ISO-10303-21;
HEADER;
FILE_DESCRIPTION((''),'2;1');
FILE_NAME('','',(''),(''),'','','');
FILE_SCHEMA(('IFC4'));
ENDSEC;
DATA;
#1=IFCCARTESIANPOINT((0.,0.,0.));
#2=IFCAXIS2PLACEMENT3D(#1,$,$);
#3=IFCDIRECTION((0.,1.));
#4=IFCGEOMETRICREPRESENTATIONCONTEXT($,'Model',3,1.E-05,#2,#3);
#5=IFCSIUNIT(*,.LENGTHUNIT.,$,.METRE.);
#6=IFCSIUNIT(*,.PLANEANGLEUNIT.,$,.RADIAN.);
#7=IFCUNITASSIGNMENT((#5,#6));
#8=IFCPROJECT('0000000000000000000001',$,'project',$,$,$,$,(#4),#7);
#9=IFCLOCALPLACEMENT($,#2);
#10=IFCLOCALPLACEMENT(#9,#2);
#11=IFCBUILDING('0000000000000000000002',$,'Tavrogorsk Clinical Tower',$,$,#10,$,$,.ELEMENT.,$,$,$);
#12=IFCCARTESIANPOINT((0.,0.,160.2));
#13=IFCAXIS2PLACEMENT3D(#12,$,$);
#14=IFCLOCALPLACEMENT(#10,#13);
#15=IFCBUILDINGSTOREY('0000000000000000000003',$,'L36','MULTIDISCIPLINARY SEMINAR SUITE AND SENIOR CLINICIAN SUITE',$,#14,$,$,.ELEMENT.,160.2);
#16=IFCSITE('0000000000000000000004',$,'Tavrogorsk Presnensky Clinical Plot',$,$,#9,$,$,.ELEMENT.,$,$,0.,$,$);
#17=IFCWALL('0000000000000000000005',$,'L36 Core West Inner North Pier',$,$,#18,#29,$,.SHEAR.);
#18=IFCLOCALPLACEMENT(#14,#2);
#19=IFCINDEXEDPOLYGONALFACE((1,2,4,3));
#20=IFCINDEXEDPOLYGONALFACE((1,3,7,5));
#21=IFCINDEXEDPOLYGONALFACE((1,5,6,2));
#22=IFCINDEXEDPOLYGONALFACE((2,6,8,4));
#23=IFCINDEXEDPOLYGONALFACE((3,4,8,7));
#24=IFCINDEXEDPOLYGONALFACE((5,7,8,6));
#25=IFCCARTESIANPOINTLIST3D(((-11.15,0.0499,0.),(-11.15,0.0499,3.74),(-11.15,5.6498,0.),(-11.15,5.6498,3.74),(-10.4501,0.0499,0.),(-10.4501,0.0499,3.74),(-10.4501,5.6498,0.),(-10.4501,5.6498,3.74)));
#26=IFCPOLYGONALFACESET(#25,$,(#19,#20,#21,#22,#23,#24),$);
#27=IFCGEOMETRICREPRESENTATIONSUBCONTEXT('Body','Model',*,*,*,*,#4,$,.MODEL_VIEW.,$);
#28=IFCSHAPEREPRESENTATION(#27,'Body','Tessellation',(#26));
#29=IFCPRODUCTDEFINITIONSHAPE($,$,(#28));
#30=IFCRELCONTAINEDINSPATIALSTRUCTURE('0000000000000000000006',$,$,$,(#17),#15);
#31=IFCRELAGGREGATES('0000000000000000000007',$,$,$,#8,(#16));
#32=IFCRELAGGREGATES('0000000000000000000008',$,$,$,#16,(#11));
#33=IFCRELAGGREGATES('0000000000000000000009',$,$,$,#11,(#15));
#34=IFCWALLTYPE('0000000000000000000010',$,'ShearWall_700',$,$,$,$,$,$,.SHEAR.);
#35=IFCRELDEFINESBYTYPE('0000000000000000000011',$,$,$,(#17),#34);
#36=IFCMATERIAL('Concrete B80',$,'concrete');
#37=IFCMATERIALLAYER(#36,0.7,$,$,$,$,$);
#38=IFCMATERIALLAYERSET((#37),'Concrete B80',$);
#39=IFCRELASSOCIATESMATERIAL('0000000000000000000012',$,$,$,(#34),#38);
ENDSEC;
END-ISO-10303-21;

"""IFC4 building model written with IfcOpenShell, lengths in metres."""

from ifc_helpers import new_model, si_unit, direction, frame, frame_2d, origin, place, context, subcontext, project, spatial, rectangle, extrude, material, layer, layer_set, type_object, element, save


model = new_model("IFC4")

# Units and contexts
model_context = context("Model", 3, precision=1e-05, world=origin(), true_north=direction((0.0, 1.0)))
body_context = subcontext(model_context, "Body", "Model", "MODEL_VIEW")
ifc_project = project(units=[si_unit("LENGTHUNIT", "METRE"), si_unit("PLANEANGLEUNIT", "RADIAN")], contexts=[model_context])

# Site, building, storey
site_placement = place(None, origin())
site = spatial("IfcSite", under=ifc_project, at=site_placement, Name="Tavrogorsk Presnensky Clinical Plot", CompositionType="ELEMENT", RefElevation=0.0)
building_placement = place(site_placement, origin())
building = spatial("IfcBuilding", under=site, at=building_placement, Name="Tavrogorsk Clinical Tower", CompositionType="ELEMENT")
storey_placement = place(building_placement, frame((0.0, 0.0, 160.2)))
storey = spatial("IfcBuildingStorey", under=building, at=storey_placement, Name="L36", Description="MULTIDISCIPLINARY SEMINAR SUITE AND SENIOR CLINICIAN SUITE", CompositionType="ELEMENT", Elevation=160.2)

# Wall
ifc_material_1 = material(Name="Concrete B80", Category="concrete")
ifc_layer_1 = layer(ifc_material_1, 0.7)
ifc_layer_set_1 = layer_set([ifc_layer_1], Name="Concrete B80")
wall_type_1 = type_object("IfcWallType", Name="ShearWall_700", PredefinedType="SHEAR", material=ifc_layer_set_1)
wall_1_placement = place(storey_placement, frame((-10.8, 0.05, 0.0), z_axis=(0.0, 0.0, 1.0), x_axis=(0.0, 1.0, 0.0)))
element("IfcWall", 1, at=wall_1_placement, inside=storey, type_object=wall_type_1, Name="L36 Core West Inner North Pier", PredefinedType="SHEAR", context=body_context, shape_type="SweptSolid", body=[
    extrude(rectangle(XDim=5.5999, YDim=0.7, at=frame_2d((2.7998, 0.0))), origin(), (0.0, 0.0, 1.0), 3.74),
])

save(model, "model.ifc")
